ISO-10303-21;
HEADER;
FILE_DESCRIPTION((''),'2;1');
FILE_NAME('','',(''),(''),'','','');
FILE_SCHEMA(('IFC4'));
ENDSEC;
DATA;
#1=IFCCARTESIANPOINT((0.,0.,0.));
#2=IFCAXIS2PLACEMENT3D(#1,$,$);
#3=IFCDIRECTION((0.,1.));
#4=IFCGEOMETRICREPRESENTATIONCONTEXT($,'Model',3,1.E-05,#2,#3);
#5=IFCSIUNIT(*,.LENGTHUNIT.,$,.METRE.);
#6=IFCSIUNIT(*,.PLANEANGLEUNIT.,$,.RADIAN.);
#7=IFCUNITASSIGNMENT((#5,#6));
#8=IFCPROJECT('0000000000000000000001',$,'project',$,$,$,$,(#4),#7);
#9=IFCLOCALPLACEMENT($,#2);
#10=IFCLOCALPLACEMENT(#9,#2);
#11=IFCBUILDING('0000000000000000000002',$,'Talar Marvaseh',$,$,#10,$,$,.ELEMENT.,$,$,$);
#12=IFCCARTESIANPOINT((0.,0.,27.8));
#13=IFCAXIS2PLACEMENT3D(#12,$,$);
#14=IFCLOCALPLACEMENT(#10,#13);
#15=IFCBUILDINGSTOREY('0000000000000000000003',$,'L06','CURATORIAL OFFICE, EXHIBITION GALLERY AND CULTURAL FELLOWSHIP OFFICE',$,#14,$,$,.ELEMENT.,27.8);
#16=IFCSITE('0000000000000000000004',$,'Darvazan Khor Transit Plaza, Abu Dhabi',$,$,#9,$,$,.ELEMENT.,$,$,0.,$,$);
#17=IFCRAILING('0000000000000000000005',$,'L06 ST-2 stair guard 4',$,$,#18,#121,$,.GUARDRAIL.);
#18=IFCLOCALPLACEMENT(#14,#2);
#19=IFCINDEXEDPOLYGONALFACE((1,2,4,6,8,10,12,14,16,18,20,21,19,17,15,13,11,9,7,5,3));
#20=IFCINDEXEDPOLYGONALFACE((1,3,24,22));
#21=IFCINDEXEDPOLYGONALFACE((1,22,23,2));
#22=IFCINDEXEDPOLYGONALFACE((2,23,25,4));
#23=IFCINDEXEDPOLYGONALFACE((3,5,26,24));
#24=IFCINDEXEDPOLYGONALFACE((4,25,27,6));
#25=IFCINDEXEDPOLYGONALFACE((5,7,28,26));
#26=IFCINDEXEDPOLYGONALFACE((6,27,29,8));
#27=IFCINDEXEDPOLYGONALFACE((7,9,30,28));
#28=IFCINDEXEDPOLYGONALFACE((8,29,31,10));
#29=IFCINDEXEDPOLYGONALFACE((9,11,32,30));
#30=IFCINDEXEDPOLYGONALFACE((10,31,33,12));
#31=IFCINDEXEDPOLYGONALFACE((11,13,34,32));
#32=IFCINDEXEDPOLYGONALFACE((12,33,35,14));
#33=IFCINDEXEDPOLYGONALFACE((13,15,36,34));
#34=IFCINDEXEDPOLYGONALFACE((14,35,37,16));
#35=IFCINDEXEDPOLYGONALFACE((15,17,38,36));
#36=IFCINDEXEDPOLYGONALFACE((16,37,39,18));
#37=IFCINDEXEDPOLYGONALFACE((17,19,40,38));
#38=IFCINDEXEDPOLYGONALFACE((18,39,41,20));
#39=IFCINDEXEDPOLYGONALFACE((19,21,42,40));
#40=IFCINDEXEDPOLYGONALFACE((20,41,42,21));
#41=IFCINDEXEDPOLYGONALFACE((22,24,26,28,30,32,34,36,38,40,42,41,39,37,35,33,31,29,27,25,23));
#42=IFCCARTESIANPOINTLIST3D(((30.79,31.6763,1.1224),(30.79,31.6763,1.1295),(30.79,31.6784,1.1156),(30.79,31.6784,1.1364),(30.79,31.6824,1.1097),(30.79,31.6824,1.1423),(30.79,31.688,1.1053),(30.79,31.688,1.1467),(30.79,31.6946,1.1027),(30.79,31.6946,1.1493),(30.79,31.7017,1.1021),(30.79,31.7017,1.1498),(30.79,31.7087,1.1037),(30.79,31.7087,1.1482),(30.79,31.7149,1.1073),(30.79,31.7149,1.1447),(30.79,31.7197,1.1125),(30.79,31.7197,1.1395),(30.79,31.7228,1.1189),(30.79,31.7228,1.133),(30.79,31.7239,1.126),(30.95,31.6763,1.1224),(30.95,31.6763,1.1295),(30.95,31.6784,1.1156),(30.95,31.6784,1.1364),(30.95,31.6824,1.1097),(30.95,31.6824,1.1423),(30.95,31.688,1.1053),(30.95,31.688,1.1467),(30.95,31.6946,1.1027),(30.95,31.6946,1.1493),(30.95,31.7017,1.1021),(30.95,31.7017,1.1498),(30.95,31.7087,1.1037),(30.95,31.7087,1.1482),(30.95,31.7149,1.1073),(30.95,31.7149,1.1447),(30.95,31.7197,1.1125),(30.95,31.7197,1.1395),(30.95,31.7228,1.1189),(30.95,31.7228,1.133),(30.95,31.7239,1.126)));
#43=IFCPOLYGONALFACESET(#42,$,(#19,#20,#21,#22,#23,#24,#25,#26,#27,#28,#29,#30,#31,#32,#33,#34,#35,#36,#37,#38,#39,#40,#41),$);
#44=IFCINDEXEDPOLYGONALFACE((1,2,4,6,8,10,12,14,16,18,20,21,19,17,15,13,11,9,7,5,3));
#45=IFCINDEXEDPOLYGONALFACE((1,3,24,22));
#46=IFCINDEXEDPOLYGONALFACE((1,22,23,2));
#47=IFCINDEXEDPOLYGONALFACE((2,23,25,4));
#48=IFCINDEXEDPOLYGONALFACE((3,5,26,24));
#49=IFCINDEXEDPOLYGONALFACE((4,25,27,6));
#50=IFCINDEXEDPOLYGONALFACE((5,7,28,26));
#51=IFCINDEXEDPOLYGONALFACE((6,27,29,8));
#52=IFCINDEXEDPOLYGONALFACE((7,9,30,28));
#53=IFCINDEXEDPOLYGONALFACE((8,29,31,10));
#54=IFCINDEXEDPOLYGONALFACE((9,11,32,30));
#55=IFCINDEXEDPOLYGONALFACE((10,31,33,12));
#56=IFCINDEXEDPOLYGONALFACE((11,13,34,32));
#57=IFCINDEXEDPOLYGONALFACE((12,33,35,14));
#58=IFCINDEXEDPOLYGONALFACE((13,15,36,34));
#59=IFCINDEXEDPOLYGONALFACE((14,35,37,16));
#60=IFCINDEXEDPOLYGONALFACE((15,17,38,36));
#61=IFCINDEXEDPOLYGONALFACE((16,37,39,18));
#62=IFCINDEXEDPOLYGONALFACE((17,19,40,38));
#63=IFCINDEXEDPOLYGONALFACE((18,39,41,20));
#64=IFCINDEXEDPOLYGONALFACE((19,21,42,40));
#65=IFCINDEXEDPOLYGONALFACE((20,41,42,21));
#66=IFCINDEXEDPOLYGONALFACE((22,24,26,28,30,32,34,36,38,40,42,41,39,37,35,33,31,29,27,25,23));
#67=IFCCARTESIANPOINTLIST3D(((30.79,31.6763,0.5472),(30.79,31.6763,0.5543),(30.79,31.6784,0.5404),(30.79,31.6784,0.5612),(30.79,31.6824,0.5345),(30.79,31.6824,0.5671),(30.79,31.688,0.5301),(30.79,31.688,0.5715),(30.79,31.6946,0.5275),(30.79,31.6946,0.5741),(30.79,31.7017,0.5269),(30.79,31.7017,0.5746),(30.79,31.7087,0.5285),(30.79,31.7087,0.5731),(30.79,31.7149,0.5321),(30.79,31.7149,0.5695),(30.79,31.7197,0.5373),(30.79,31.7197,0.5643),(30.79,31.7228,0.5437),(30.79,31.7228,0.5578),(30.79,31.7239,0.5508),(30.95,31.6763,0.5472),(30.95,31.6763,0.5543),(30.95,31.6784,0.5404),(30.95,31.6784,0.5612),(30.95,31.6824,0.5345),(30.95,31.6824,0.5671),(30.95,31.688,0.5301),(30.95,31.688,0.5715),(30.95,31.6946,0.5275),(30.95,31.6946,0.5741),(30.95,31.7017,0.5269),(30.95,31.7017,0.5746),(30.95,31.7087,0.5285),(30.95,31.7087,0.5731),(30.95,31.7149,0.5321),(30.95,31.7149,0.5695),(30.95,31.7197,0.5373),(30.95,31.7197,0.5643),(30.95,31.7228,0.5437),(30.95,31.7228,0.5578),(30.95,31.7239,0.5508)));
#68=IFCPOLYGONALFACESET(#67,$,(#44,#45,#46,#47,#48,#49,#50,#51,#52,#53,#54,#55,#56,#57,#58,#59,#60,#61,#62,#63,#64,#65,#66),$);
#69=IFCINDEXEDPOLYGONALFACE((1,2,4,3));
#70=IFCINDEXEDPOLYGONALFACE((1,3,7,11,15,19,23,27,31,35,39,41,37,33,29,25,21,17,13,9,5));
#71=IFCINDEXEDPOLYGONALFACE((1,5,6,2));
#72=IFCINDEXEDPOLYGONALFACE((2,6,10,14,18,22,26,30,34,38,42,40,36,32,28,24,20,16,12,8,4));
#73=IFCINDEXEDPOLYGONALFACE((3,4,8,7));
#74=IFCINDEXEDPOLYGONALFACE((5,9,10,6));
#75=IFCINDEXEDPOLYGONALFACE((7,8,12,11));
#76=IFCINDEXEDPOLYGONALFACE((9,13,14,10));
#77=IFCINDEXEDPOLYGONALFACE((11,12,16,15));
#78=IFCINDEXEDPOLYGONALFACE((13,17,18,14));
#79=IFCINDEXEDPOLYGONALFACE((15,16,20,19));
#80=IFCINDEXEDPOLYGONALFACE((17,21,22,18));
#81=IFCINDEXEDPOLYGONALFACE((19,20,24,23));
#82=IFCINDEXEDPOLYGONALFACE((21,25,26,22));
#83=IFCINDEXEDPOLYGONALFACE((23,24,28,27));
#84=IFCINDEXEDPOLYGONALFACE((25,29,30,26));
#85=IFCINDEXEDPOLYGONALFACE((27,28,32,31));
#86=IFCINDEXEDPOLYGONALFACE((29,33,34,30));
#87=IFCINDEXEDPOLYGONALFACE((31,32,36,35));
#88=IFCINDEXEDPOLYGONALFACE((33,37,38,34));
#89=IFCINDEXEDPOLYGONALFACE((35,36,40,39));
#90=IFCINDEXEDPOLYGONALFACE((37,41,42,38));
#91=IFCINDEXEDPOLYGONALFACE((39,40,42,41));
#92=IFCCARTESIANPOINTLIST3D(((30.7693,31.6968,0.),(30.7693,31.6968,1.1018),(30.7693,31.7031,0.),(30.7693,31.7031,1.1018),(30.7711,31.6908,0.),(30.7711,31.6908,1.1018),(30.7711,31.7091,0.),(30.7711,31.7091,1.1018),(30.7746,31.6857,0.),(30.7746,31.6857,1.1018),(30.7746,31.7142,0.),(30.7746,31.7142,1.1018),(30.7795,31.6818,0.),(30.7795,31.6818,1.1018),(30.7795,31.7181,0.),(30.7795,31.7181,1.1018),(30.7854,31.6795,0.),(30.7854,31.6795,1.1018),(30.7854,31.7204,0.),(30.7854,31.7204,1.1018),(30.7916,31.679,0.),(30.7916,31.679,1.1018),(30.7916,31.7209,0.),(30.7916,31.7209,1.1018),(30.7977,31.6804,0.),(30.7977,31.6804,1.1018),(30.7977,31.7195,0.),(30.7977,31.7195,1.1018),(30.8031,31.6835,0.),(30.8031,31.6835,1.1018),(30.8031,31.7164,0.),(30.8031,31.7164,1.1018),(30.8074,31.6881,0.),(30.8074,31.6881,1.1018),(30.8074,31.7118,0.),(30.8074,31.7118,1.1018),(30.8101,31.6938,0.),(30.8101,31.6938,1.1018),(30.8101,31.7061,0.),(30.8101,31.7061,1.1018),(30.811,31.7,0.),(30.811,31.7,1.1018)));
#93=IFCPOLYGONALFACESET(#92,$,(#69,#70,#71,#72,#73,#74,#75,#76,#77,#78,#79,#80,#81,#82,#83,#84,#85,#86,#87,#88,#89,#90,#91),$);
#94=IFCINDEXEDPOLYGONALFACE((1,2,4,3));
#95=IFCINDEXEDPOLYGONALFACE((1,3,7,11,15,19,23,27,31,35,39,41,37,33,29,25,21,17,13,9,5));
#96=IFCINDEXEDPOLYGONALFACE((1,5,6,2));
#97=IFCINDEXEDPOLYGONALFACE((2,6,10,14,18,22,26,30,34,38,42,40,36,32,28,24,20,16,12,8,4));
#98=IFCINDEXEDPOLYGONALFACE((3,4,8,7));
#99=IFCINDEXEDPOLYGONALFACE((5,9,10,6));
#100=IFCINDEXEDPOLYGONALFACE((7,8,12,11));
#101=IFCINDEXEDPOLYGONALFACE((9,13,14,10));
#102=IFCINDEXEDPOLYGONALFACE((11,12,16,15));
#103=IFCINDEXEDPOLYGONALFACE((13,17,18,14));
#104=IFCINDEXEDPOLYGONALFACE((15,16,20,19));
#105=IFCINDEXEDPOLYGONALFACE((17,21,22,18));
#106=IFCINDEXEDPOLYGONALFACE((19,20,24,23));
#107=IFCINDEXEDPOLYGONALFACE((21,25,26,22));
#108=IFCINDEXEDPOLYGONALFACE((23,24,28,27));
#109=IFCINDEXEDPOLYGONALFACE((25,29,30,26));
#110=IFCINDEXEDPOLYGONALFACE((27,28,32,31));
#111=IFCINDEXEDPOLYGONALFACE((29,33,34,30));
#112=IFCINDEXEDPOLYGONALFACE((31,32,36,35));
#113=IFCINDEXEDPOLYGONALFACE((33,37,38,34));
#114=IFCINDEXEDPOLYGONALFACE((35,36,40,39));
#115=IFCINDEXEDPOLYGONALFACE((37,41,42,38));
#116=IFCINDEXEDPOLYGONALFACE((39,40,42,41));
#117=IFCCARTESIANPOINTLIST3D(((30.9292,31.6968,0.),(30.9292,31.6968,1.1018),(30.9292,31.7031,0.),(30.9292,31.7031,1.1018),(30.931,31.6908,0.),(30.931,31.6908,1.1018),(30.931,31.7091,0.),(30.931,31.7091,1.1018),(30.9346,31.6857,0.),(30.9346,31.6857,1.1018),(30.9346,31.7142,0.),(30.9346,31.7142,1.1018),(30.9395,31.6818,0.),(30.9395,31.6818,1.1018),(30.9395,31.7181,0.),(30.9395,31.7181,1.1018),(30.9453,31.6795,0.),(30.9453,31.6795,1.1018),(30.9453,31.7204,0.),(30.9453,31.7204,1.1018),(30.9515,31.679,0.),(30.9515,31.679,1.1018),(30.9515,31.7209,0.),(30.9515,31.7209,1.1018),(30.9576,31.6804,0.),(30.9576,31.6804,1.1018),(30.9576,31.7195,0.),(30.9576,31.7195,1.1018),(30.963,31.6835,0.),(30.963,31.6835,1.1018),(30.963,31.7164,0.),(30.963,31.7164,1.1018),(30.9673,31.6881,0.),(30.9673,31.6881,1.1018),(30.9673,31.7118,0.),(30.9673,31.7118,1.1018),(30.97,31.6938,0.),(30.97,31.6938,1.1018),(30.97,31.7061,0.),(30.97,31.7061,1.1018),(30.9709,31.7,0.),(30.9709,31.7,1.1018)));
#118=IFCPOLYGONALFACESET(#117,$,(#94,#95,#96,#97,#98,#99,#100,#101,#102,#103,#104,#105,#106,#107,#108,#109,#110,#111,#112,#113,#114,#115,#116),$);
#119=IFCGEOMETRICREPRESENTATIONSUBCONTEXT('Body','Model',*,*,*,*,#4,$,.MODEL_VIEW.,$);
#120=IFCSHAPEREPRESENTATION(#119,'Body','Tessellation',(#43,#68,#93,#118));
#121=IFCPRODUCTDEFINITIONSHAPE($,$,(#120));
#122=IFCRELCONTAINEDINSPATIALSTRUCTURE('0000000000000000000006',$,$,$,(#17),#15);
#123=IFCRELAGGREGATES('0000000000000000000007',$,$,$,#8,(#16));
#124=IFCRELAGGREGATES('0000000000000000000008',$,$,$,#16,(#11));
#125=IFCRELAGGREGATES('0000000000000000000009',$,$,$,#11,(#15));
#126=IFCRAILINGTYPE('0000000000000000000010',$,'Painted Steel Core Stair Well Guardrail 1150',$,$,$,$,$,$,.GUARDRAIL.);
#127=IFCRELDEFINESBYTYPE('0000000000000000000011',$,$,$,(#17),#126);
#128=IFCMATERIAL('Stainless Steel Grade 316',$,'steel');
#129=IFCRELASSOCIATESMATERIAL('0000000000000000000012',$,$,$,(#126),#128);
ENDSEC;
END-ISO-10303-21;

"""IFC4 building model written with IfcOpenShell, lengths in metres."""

from ifc_helpers import new_model, si_unit, direction, frame, origin, origin_2d, place, context, subcontext, project, spatial, circle, extrude, material, type_object, element, save


model = new_model("IFC4")

# Units and contexts
model_context = context("Model", 3, precision=1e-05, world=origin(), true_north=direction((0.0, 1.0)))
body_context = subcontext(model_context, "Body", "Model", "MODEL_VIEW")
ifc_project = project(units=[si_unit("LENGTHUNIT", "METRE"), si_unit("PLANEANGLEUNIT", "RADIAN")], contexts=[model_context])

# Site, building, storey
site_placement = place(None, origin())
site = spatial("IfcSite", under=ifc_project, at=site_placement, Name="Darvazan Khor Transit Plaza, Abu Dhabi", CompositionType="ELEMENT", RefElevation=0.0)
building_placement = place(site_placement, origin())
building = spatial("IfcBuilding", under=site, at=building_placement, Name="Talar Marvaseh", CompositionType="ELEMENT")
storey_placement = place(building_placement, frame((0.0, 0.0, 27.8)))
storey = spatial("IfcBuildingStorey", under=building, at=storey_placement, Name="L06", Description="CURATORIAL OFFICE, EXHIBITION GALLERY AND CULTURAL FELLOWSHIP OFFICE", CompositionType="ELEMENT", Elevation=27.8)

# Railing
ifc_material_1 = material(Name="Stainless Steel Grade 316", Category="steel")
railing_type_1 = type_object("IfcRailingType", Name="Painted Steel Core Stair Well Guardrail 1150", PredefinedType="GUARDRAIL", material=ifc_material_1)
railing_1_placement = place(storey_placement, frame((30.79, 31.7, 0.0)))
element("IfcRailing", 1, at=railing_1_placement, inside=storey, type_object=railing_type_1, Name="L06 ST-2 stair guard 4", PredefinedType="GUARDRAIL", context=body_context, shape_type="SweptSolid", body=[
    extrude(circle(Radius=0.0239, at=origin_2d()), frame((0.0, 0.0, 1.126), z_axis=(1.0, 0.0, 0.0), x_axis=(0.0, 1.0, 0.0)), (0.0, 0.0, 1.0), 0.1599),
    extrude(circle(Radius=0.0239, at=origin_2d()), frame((0.0, 0.0, 0.5508), z_axis=(1.0, 0.0, 0.0), x_axis=(0.0, 1.0, 0.0)), (0.0, 0.0, 1.0), 0.1599),
    extrude(circle(Radius=0.021, at=origin_2d()), origin(), (0.0, 0.0, 1.0), 1.1018),
    extrude(circle(Radius=0.021, at=origin_2d()), frame((0.1599, 0.0, 0.0)), (0.0, 0.0, 1.0), 1.1018),
])

save(model, "model.ifc")
